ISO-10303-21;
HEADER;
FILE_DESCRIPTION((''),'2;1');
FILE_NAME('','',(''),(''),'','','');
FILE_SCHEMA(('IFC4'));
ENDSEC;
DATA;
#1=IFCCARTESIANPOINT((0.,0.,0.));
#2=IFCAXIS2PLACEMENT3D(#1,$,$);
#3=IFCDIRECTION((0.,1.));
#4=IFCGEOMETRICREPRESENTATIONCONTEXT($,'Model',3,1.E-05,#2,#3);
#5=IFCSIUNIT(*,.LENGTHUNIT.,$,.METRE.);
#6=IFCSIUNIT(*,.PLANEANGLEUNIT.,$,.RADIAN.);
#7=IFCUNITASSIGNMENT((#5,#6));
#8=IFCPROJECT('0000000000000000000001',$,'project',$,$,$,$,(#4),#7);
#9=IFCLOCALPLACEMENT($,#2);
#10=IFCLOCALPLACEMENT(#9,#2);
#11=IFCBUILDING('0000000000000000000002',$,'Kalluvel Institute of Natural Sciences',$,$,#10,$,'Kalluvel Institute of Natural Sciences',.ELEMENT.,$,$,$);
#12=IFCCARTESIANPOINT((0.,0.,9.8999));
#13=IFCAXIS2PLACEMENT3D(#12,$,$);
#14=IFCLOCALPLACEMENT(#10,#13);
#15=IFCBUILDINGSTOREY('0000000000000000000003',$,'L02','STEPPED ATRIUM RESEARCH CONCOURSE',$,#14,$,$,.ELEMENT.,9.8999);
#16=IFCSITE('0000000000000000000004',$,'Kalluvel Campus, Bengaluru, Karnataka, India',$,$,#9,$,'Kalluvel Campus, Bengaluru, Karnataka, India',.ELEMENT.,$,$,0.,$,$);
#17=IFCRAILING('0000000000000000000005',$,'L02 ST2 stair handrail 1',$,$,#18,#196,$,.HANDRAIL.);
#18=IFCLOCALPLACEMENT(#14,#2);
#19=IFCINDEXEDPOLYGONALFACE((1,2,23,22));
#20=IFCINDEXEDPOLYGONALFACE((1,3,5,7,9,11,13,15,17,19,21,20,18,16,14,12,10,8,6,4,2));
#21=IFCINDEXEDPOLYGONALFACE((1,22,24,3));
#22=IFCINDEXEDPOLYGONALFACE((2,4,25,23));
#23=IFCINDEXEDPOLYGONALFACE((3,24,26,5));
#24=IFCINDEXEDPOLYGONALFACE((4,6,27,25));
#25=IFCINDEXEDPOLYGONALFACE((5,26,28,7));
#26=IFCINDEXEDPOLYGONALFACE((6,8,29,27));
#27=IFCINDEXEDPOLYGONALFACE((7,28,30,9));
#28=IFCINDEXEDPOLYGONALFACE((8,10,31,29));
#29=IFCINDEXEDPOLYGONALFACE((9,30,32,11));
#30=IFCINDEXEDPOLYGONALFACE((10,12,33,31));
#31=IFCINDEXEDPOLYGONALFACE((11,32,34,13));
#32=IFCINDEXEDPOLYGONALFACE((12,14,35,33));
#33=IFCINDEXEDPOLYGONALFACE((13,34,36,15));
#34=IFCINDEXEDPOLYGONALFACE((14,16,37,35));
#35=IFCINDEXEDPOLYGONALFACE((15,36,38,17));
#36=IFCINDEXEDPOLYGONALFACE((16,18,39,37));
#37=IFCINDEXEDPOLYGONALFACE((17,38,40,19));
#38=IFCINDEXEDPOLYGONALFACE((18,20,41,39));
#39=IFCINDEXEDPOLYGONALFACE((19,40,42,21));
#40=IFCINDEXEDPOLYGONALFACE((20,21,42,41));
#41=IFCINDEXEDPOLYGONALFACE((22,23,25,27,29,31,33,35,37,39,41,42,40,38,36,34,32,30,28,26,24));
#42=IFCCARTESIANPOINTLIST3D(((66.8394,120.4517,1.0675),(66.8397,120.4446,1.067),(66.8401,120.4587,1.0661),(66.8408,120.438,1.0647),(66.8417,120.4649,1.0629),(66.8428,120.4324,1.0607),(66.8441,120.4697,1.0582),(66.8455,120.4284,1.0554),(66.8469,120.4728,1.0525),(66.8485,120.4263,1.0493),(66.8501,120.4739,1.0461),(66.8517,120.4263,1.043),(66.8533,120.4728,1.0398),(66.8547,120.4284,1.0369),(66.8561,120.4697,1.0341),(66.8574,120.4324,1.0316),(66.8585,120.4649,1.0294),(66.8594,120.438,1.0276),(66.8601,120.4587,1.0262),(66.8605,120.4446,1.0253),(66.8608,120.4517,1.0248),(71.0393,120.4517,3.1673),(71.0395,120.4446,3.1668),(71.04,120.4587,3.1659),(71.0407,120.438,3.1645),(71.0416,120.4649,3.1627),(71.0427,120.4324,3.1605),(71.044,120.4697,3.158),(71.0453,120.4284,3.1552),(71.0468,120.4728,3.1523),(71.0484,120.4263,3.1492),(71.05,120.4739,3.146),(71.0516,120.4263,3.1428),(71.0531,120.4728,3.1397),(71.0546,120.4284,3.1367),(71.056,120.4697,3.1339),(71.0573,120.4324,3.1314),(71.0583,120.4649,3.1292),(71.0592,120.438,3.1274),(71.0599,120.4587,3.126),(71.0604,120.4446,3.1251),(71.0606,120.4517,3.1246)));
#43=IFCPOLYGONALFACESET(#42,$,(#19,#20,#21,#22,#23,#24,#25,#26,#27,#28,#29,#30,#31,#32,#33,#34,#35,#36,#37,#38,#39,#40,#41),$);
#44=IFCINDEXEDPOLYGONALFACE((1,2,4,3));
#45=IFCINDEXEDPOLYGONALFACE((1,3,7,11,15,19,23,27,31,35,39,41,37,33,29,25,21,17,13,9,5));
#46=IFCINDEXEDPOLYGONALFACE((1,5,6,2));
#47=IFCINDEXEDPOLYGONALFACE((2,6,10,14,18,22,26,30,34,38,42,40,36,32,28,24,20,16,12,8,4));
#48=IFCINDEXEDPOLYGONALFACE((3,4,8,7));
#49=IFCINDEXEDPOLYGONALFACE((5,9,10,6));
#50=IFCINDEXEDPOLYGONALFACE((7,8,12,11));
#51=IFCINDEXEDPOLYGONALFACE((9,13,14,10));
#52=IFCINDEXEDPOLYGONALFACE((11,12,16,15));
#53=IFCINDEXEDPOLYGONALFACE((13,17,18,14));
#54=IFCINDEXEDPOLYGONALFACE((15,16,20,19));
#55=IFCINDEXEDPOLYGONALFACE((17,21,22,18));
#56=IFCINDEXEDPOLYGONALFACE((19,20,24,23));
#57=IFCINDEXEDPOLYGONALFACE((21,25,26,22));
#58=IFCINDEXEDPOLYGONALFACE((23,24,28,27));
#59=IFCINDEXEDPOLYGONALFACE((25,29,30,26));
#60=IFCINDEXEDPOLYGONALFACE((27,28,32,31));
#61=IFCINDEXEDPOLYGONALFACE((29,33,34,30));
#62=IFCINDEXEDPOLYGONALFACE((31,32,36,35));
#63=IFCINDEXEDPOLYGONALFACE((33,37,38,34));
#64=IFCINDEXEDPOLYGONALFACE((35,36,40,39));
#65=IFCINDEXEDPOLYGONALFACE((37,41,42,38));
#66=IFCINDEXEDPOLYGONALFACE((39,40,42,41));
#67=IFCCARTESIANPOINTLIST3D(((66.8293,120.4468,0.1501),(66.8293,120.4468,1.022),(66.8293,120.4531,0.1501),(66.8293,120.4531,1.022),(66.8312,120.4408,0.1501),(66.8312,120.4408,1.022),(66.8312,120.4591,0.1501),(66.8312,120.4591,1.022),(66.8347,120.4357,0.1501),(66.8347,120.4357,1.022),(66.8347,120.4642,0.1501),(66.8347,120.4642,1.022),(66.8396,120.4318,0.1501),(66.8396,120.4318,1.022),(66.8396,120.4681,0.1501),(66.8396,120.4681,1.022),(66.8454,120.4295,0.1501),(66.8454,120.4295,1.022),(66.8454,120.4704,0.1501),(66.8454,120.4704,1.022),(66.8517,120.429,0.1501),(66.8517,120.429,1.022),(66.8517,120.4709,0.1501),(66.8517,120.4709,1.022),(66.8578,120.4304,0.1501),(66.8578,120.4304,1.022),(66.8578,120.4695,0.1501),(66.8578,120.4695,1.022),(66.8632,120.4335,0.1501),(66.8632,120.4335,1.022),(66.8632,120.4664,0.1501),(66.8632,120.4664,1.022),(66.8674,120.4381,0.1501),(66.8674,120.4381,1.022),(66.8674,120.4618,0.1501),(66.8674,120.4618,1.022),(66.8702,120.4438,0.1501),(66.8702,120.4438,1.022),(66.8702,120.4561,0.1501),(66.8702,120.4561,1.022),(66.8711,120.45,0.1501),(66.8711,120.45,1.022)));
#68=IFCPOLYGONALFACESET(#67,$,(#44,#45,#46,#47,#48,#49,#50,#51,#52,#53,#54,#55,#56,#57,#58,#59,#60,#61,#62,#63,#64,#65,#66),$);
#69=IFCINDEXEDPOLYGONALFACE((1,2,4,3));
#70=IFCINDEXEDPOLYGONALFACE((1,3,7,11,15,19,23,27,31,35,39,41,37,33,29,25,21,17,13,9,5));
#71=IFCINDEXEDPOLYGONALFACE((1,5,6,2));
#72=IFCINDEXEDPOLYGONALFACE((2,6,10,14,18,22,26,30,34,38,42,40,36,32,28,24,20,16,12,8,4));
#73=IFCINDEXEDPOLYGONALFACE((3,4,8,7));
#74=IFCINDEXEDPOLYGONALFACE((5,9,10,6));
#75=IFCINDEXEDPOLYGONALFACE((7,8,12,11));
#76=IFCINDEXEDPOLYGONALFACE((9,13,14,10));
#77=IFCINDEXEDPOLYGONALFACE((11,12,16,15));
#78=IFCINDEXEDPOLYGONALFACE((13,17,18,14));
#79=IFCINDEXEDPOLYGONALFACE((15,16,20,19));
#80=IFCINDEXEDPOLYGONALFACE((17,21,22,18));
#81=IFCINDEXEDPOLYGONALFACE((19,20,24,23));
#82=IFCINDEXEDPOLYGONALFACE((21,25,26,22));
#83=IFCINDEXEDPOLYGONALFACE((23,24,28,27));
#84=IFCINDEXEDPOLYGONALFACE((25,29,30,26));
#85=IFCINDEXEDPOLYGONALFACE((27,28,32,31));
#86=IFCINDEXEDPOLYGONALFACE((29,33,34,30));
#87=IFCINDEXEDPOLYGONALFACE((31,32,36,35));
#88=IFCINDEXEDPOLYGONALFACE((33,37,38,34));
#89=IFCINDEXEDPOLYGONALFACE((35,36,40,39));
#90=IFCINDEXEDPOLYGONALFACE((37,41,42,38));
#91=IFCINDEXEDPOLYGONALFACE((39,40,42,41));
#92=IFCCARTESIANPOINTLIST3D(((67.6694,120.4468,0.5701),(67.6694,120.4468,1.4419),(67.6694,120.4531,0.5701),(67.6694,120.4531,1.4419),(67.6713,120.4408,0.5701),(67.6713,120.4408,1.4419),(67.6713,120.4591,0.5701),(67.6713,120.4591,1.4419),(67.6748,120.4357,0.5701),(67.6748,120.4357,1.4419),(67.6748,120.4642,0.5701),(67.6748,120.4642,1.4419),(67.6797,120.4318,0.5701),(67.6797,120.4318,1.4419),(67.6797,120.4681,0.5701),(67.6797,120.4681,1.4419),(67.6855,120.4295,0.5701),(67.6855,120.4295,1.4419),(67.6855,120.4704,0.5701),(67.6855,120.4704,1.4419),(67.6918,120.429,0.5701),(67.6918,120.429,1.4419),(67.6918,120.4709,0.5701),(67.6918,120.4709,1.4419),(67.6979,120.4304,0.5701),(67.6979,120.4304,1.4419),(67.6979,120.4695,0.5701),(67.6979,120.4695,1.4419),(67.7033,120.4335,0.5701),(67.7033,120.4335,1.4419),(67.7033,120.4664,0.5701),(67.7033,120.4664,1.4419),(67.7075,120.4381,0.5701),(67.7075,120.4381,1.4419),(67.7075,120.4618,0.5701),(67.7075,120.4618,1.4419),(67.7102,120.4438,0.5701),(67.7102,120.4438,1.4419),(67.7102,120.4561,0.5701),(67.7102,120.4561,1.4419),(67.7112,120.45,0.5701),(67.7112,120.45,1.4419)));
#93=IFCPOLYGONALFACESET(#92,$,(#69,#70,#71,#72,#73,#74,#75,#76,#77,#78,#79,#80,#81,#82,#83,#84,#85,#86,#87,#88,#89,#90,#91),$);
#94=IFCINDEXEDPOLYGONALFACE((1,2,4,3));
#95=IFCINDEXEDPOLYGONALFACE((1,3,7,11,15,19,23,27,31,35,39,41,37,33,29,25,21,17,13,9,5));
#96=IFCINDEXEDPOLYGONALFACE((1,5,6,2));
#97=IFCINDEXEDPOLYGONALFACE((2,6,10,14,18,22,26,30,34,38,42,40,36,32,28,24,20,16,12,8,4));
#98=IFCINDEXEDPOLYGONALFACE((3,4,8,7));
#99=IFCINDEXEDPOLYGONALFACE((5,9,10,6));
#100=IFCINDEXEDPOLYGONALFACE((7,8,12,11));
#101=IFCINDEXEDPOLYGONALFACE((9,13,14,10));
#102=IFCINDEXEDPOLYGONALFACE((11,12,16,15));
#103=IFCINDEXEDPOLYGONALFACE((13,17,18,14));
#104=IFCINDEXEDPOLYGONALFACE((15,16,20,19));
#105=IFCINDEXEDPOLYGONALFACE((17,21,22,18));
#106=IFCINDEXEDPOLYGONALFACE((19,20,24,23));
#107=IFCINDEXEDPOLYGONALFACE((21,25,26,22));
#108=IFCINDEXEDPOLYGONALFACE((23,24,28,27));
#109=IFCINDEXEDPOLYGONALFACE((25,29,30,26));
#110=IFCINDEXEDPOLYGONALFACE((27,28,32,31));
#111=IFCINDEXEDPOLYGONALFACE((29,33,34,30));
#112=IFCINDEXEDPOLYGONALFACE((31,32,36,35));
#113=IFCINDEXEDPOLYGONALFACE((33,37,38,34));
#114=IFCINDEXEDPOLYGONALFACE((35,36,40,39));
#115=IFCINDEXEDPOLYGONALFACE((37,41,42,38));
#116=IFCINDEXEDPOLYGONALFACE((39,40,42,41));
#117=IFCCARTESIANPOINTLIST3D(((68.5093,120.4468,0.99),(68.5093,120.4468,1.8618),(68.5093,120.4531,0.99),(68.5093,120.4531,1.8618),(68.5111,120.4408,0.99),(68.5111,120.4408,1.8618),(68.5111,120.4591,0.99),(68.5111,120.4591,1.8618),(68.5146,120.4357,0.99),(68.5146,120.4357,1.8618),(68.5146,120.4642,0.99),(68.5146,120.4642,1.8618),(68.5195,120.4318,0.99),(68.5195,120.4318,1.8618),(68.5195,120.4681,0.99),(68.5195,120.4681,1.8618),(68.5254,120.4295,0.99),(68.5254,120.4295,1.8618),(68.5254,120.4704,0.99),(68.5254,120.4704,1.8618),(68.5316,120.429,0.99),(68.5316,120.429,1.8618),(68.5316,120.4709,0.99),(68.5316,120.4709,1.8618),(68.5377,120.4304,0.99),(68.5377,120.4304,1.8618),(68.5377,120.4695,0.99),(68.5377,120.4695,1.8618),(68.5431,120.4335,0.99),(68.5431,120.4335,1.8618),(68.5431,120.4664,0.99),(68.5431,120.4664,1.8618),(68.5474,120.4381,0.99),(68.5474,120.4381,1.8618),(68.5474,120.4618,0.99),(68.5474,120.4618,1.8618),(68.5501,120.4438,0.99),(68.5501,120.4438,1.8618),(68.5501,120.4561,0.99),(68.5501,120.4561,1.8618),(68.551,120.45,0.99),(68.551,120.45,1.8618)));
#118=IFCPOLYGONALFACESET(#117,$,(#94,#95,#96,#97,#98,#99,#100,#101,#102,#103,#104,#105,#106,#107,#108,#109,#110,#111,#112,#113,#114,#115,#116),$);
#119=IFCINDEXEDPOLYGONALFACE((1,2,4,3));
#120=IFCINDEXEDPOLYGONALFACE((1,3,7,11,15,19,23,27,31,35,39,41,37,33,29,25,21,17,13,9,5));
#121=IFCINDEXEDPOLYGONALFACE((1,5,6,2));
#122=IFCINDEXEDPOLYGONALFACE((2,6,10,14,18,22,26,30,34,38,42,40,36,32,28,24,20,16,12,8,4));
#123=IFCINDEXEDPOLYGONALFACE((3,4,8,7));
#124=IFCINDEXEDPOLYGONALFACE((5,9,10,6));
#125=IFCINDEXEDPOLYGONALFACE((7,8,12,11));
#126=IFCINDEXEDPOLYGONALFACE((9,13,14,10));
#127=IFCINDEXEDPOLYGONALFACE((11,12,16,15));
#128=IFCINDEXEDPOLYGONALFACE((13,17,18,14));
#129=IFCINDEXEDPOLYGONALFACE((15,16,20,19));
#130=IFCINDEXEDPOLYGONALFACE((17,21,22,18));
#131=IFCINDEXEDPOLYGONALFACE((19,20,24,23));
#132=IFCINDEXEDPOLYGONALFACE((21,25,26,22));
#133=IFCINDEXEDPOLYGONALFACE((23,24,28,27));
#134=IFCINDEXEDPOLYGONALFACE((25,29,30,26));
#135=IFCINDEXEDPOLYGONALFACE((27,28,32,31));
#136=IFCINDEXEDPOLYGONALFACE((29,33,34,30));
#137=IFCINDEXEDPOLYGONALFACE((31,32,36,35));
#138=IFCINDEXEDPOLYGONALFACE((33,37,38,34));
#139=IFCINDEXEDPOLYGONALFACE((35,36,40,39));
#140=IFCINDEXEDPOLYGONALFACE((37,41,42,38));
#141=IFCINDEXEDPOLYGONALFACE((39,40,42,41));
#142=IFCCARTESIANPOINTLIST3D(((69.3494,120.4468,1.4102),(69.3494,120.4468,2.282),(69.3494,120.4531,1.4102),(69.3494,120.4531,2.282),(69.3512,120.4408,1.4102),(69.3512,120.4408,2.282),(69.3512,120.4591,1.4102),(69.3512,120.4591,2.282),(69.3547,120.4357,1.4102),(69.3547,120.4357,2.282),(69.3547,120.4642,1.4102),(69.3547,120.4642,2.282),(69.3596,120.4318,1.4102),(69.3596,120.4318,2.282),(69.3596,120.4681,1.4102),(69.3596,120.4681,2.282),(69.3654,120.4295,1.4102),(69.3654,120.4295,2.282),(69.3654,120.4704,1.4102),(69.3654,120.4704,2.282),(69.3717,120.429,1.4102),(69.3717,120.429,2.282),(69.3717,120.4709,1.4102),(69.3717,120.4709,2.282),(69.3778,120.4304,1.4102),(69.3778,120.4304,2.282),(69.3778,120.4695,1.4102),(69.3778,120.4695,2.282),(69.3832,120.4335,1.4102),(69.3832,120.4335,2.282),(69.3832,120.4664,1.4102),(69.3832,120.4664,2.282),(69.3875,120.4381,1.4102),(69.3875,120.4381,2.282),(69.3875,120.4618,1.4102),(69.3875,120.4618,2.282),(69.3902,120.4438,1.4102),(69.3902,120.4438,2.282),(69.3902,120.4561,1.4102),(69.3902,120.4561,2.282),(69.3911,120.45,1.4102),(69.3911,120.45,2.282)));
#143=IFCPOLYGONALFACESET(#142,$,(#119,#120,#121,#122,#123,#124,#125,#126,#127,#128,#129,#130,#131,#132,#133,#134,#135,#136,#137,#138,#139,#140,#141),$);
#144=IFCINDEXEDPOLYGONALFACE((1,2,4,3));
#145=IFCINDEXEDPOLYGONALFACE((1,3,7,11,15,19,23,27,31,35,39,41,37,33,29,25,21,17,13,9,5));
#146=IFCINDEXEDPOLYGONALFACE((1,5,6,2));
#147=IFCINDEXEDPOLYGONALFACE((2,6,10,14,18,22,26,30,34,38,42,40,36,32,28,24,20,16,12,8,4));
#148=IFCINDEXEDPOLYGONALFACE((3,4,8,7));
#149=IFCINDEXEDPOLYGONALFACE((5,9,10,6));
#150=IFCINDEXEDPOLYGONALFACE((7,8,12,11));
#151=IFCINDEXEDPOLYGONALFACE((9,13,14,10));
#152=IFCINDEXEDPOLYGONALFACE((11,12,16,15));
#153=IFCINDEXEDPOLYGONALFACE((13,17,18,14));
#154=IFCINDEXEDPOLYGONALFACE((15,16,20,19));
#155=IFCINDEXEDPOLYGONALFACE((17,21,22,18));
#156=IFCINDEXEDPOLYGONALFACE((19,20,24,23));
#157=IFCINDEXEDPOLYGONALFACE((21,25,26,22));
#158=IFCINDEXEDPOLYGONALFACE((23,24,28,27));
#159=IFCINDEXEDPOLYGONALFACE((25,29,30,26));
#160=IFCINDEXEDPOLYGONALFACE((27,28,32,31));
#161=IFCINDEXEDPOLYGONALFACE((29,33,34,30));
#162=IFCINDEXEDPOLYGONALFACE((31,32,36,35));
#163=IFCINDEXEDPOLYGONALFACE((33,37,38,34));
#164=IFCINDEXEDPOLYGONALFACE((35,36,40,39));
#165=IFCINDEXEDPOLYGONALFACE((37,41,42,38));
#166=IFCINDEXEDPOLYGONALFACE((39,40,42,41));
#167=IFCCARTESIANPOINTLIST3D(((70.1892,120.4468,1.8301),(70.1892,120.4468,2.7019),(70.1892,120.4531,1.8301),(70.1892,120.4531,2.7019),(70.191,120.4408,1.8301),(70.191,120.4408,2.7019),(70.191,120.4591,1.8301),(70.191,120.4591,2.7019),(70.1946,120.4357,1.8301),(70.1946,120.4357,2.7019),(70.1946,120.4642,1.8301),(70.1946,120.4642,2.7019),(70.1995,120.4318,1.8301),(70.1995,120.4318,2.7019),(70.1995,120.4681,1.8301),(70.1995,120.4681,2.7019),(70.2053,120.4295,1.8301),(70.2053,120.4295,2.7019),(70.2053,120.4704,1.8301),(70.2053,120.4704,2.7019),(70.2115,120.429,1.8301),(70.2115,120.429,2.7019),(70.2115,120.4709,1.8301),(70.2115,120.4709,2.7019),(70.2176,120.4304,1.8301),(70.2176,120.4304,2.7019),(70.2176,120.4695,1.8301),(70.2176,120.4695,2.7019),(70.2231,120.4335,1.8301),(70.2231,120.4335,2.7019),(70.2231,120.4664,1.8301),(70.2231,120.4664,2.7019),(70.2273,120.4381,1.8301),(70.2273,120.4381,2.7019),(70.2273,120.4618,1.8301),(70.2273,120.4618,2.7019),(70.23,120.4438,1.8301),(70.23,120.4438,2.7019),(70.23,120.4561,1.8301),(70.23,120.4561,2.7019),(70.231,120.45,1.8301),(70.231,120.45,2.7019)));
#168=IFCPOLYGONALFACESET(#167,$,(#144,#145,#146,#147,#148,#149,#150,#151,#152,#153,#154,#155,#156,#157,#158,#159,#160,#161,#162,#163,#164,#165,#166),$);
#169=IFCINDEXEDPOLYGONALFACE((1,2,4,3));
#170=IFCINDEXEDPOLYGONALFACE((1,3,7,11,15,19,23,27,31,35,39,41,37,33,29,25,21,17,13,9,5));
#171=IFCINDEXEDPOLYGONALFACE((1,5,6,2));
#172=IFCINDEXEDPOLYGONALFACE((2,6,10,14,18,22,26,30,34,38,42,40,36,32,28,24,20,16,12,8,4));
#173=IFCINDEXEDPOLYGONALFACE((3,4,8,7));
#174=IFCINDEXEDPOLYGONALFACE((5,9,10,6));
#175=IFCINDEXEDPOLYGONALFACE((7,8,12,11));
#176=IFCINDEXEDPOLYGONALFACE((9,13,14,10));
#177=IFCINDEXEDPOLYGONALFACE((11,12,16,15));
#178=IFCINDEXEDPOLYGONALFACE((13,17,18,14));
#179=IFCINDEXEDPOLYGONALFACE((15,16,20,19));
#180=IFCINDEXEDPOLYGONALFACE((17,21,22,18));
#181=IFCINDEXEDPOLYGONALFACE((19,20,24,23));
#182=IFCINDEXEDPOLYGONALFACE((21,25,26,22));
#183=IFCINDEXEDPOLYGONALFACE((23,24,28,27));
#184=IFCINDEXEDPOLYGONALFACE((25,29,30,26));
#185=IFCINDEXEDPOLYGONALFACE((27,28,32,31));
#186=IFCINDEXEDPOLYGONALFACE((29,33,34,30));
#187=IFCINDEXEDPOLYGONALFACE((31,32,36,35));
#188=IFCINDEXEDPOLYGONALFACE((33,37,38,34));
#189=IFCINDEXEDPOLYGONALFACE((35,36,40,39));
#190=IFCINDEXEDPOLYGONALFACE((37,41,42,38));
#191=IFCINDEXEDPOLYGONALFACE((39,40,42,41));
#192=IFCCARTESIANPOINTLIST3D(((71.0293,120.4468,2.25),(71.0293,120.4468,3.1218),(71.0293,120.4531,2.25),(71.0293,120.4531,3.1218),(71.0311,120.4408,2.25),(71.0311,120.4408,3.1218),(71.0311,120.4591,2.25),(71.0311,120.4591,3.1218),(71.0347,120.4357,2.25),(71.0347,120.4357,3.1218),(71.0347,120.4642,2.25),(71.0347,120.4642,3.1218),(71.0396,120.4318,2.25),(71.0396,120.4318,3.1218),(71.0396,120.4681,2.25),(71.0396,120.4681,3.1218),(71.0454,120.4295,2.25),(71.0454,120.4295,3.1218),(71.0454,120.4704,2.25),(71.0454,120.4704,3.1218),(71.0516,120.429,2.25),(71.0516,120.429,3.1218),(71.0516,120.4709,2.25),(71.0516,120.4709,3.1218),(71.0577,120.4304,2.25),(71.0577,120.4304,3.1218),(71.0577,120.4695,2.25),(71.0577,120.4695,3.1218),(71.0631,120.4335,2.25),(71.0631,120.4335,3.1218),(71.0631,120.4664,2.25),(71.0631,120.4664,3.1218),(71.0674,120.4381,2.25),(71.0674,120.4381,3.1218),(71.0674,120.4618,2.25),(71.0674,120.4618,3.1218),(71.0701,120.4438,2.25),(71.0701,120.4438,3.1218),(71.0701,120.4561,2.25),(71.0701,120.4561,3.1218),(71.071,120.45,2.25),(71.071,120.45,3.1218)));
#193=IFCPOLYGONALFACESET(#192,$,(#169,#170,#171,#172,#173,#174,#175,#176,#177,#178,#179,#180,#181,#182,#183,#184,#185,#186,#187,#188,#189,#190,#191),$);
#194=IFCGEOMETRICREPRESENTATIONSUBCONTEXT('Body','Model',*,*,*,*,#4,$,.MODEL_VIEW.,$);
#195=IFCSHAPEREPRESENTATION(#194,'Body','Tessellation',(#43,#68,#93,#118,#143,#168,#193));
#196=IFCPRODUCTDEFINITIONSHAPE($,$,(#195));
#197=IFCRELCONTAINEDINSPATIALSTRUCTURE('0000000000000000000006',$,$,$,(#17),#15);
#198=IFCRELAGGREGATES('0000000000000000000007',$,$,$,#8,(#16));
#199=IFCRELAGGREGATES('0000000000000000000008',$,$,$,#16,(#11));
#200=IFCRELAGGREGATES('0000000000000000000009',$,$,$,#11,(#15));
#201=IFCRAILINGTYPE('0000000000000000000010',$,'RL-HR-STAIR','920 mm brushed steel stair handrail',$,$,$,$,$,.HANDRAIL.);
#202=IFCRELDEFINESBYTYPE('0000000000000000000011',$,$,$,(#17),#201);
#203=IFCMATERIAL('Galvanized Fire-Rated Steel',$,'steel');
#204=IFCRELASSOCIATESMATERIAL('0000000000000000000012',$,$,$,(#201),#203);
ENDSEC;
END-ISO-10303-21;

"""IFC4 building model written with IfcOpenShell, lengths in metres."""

from ifc_helpers import new_model, si_unit, direction, frame, origin, origin_2d, place, context, subcontext, project, spatial, circle, extrude, material, type_object, element, save


model = new_model("IFC4")

# Units and contexts
model_context = context("Model", 3, precision=1e-05, world=origin(), true_north=direction((0.0, 1.0)))
body_context = subcontext(model_context, "Body", "Model", "MODEL_VIEW")
ifc_project = project(units=[si_unit("LENGTHUNIT", "METRE"), si_unit("PLANEANGLEUNIT", "RADIAN")], contexts=[model_context])

# Site, building, storey
site_placement = place(None, origin())
site = spatial("IfcSite", under=ifc_project, at=site_placement, Name="Kalluvel Campus, Bengaluru, Karnataka, India", LongName="Kalluvel Campus, Bengaluru, Karnataka, India", CompositionType="ELEMENT", RefElevation=0.0)
building_placement = place(site_placement, origin())
building = spatial("IfcBuilding", under=site, at=building_placement, Name="Kalluvel Institute of Natural Sciences", LongName="Kalluvel Institute of Natural Sciences", CompositionType="ELEMENT")
storey_placement = place(building_placement, frame((0.0, 0.0, 9.8999)))
storey = spatial("IfcBuildingStorey", under=building, at=storey_placement, Name="L02", Description="STEPPED ATRIUM RESEARCH CONCOURSE", CompositionType="ELEMENT", Elevation=9.8999)

# Shared definitions
ifc_material_1 = material(Name="Galvanized Fire-Rated Steel", Category="steel")

# Railing
railing_type_1 = type_object("IfcRailingType", Name="RL-HR-STAIR", Description="920 mm brushed steel stair handrail", PredefinedType="HANDRAIL", material=ifc_material_1)
railing_1_placement = place(storey_placement, frame((66.8501, 120.45, 0.1501)))
element("IfcRailing", 1, at=railing_1_placement, inside=storey, type_object=railing_type_1, Name="L02 ST2 stair handrail 1", PredefinedType="HANDRAIL", context=body_context, shape_type="SweptSolid", body=[
    extrude(circle(Radius=0.0239, at=origin_2d()), frame((0.0, 0.0, 0.896), z_axis=(0.894438, 0.0, 0.447193), x_axis=(0.0, 1.0, 0.0)), (0.0, 0.0, 1.0), 4.6956),
    extrude(circle(Radius=0.021, at=origin_2d()), origin(), (0.0, 0.0, 1.0), 0.8718),
    extrude(circle(Radius=0.021, at=origin_2d()), frame((0.8401, 0.0, 0.4199)), (0.0, 0.0, 1.0), 0.8718),
    extrude(circle(Radius=0.021, at=origin_2d()), frame((1.6799, 0.0, 0.8398)), (0.0, 0.0, 1.0), 0.8718),
    extrude(circle(Radius=0.021, at=origin_2d()), frame((2.52, 0.0, 1.26)), (0.0, 0.0, 1.0), 0.8718),
    extrude(circle(Radius=0.021, at=origin_2d()), frame((3.3599, 0.0, 1.6799)), (0.0, 0.0, 1.0), 0.8718),
    extrude(circle(Radius=0.021, at=origin_2d()), frame((4.2, 0.0, 2.0999)), (0.0, 0.0, 1.0), 0.8718),
])

save(model, "model.ifc")
